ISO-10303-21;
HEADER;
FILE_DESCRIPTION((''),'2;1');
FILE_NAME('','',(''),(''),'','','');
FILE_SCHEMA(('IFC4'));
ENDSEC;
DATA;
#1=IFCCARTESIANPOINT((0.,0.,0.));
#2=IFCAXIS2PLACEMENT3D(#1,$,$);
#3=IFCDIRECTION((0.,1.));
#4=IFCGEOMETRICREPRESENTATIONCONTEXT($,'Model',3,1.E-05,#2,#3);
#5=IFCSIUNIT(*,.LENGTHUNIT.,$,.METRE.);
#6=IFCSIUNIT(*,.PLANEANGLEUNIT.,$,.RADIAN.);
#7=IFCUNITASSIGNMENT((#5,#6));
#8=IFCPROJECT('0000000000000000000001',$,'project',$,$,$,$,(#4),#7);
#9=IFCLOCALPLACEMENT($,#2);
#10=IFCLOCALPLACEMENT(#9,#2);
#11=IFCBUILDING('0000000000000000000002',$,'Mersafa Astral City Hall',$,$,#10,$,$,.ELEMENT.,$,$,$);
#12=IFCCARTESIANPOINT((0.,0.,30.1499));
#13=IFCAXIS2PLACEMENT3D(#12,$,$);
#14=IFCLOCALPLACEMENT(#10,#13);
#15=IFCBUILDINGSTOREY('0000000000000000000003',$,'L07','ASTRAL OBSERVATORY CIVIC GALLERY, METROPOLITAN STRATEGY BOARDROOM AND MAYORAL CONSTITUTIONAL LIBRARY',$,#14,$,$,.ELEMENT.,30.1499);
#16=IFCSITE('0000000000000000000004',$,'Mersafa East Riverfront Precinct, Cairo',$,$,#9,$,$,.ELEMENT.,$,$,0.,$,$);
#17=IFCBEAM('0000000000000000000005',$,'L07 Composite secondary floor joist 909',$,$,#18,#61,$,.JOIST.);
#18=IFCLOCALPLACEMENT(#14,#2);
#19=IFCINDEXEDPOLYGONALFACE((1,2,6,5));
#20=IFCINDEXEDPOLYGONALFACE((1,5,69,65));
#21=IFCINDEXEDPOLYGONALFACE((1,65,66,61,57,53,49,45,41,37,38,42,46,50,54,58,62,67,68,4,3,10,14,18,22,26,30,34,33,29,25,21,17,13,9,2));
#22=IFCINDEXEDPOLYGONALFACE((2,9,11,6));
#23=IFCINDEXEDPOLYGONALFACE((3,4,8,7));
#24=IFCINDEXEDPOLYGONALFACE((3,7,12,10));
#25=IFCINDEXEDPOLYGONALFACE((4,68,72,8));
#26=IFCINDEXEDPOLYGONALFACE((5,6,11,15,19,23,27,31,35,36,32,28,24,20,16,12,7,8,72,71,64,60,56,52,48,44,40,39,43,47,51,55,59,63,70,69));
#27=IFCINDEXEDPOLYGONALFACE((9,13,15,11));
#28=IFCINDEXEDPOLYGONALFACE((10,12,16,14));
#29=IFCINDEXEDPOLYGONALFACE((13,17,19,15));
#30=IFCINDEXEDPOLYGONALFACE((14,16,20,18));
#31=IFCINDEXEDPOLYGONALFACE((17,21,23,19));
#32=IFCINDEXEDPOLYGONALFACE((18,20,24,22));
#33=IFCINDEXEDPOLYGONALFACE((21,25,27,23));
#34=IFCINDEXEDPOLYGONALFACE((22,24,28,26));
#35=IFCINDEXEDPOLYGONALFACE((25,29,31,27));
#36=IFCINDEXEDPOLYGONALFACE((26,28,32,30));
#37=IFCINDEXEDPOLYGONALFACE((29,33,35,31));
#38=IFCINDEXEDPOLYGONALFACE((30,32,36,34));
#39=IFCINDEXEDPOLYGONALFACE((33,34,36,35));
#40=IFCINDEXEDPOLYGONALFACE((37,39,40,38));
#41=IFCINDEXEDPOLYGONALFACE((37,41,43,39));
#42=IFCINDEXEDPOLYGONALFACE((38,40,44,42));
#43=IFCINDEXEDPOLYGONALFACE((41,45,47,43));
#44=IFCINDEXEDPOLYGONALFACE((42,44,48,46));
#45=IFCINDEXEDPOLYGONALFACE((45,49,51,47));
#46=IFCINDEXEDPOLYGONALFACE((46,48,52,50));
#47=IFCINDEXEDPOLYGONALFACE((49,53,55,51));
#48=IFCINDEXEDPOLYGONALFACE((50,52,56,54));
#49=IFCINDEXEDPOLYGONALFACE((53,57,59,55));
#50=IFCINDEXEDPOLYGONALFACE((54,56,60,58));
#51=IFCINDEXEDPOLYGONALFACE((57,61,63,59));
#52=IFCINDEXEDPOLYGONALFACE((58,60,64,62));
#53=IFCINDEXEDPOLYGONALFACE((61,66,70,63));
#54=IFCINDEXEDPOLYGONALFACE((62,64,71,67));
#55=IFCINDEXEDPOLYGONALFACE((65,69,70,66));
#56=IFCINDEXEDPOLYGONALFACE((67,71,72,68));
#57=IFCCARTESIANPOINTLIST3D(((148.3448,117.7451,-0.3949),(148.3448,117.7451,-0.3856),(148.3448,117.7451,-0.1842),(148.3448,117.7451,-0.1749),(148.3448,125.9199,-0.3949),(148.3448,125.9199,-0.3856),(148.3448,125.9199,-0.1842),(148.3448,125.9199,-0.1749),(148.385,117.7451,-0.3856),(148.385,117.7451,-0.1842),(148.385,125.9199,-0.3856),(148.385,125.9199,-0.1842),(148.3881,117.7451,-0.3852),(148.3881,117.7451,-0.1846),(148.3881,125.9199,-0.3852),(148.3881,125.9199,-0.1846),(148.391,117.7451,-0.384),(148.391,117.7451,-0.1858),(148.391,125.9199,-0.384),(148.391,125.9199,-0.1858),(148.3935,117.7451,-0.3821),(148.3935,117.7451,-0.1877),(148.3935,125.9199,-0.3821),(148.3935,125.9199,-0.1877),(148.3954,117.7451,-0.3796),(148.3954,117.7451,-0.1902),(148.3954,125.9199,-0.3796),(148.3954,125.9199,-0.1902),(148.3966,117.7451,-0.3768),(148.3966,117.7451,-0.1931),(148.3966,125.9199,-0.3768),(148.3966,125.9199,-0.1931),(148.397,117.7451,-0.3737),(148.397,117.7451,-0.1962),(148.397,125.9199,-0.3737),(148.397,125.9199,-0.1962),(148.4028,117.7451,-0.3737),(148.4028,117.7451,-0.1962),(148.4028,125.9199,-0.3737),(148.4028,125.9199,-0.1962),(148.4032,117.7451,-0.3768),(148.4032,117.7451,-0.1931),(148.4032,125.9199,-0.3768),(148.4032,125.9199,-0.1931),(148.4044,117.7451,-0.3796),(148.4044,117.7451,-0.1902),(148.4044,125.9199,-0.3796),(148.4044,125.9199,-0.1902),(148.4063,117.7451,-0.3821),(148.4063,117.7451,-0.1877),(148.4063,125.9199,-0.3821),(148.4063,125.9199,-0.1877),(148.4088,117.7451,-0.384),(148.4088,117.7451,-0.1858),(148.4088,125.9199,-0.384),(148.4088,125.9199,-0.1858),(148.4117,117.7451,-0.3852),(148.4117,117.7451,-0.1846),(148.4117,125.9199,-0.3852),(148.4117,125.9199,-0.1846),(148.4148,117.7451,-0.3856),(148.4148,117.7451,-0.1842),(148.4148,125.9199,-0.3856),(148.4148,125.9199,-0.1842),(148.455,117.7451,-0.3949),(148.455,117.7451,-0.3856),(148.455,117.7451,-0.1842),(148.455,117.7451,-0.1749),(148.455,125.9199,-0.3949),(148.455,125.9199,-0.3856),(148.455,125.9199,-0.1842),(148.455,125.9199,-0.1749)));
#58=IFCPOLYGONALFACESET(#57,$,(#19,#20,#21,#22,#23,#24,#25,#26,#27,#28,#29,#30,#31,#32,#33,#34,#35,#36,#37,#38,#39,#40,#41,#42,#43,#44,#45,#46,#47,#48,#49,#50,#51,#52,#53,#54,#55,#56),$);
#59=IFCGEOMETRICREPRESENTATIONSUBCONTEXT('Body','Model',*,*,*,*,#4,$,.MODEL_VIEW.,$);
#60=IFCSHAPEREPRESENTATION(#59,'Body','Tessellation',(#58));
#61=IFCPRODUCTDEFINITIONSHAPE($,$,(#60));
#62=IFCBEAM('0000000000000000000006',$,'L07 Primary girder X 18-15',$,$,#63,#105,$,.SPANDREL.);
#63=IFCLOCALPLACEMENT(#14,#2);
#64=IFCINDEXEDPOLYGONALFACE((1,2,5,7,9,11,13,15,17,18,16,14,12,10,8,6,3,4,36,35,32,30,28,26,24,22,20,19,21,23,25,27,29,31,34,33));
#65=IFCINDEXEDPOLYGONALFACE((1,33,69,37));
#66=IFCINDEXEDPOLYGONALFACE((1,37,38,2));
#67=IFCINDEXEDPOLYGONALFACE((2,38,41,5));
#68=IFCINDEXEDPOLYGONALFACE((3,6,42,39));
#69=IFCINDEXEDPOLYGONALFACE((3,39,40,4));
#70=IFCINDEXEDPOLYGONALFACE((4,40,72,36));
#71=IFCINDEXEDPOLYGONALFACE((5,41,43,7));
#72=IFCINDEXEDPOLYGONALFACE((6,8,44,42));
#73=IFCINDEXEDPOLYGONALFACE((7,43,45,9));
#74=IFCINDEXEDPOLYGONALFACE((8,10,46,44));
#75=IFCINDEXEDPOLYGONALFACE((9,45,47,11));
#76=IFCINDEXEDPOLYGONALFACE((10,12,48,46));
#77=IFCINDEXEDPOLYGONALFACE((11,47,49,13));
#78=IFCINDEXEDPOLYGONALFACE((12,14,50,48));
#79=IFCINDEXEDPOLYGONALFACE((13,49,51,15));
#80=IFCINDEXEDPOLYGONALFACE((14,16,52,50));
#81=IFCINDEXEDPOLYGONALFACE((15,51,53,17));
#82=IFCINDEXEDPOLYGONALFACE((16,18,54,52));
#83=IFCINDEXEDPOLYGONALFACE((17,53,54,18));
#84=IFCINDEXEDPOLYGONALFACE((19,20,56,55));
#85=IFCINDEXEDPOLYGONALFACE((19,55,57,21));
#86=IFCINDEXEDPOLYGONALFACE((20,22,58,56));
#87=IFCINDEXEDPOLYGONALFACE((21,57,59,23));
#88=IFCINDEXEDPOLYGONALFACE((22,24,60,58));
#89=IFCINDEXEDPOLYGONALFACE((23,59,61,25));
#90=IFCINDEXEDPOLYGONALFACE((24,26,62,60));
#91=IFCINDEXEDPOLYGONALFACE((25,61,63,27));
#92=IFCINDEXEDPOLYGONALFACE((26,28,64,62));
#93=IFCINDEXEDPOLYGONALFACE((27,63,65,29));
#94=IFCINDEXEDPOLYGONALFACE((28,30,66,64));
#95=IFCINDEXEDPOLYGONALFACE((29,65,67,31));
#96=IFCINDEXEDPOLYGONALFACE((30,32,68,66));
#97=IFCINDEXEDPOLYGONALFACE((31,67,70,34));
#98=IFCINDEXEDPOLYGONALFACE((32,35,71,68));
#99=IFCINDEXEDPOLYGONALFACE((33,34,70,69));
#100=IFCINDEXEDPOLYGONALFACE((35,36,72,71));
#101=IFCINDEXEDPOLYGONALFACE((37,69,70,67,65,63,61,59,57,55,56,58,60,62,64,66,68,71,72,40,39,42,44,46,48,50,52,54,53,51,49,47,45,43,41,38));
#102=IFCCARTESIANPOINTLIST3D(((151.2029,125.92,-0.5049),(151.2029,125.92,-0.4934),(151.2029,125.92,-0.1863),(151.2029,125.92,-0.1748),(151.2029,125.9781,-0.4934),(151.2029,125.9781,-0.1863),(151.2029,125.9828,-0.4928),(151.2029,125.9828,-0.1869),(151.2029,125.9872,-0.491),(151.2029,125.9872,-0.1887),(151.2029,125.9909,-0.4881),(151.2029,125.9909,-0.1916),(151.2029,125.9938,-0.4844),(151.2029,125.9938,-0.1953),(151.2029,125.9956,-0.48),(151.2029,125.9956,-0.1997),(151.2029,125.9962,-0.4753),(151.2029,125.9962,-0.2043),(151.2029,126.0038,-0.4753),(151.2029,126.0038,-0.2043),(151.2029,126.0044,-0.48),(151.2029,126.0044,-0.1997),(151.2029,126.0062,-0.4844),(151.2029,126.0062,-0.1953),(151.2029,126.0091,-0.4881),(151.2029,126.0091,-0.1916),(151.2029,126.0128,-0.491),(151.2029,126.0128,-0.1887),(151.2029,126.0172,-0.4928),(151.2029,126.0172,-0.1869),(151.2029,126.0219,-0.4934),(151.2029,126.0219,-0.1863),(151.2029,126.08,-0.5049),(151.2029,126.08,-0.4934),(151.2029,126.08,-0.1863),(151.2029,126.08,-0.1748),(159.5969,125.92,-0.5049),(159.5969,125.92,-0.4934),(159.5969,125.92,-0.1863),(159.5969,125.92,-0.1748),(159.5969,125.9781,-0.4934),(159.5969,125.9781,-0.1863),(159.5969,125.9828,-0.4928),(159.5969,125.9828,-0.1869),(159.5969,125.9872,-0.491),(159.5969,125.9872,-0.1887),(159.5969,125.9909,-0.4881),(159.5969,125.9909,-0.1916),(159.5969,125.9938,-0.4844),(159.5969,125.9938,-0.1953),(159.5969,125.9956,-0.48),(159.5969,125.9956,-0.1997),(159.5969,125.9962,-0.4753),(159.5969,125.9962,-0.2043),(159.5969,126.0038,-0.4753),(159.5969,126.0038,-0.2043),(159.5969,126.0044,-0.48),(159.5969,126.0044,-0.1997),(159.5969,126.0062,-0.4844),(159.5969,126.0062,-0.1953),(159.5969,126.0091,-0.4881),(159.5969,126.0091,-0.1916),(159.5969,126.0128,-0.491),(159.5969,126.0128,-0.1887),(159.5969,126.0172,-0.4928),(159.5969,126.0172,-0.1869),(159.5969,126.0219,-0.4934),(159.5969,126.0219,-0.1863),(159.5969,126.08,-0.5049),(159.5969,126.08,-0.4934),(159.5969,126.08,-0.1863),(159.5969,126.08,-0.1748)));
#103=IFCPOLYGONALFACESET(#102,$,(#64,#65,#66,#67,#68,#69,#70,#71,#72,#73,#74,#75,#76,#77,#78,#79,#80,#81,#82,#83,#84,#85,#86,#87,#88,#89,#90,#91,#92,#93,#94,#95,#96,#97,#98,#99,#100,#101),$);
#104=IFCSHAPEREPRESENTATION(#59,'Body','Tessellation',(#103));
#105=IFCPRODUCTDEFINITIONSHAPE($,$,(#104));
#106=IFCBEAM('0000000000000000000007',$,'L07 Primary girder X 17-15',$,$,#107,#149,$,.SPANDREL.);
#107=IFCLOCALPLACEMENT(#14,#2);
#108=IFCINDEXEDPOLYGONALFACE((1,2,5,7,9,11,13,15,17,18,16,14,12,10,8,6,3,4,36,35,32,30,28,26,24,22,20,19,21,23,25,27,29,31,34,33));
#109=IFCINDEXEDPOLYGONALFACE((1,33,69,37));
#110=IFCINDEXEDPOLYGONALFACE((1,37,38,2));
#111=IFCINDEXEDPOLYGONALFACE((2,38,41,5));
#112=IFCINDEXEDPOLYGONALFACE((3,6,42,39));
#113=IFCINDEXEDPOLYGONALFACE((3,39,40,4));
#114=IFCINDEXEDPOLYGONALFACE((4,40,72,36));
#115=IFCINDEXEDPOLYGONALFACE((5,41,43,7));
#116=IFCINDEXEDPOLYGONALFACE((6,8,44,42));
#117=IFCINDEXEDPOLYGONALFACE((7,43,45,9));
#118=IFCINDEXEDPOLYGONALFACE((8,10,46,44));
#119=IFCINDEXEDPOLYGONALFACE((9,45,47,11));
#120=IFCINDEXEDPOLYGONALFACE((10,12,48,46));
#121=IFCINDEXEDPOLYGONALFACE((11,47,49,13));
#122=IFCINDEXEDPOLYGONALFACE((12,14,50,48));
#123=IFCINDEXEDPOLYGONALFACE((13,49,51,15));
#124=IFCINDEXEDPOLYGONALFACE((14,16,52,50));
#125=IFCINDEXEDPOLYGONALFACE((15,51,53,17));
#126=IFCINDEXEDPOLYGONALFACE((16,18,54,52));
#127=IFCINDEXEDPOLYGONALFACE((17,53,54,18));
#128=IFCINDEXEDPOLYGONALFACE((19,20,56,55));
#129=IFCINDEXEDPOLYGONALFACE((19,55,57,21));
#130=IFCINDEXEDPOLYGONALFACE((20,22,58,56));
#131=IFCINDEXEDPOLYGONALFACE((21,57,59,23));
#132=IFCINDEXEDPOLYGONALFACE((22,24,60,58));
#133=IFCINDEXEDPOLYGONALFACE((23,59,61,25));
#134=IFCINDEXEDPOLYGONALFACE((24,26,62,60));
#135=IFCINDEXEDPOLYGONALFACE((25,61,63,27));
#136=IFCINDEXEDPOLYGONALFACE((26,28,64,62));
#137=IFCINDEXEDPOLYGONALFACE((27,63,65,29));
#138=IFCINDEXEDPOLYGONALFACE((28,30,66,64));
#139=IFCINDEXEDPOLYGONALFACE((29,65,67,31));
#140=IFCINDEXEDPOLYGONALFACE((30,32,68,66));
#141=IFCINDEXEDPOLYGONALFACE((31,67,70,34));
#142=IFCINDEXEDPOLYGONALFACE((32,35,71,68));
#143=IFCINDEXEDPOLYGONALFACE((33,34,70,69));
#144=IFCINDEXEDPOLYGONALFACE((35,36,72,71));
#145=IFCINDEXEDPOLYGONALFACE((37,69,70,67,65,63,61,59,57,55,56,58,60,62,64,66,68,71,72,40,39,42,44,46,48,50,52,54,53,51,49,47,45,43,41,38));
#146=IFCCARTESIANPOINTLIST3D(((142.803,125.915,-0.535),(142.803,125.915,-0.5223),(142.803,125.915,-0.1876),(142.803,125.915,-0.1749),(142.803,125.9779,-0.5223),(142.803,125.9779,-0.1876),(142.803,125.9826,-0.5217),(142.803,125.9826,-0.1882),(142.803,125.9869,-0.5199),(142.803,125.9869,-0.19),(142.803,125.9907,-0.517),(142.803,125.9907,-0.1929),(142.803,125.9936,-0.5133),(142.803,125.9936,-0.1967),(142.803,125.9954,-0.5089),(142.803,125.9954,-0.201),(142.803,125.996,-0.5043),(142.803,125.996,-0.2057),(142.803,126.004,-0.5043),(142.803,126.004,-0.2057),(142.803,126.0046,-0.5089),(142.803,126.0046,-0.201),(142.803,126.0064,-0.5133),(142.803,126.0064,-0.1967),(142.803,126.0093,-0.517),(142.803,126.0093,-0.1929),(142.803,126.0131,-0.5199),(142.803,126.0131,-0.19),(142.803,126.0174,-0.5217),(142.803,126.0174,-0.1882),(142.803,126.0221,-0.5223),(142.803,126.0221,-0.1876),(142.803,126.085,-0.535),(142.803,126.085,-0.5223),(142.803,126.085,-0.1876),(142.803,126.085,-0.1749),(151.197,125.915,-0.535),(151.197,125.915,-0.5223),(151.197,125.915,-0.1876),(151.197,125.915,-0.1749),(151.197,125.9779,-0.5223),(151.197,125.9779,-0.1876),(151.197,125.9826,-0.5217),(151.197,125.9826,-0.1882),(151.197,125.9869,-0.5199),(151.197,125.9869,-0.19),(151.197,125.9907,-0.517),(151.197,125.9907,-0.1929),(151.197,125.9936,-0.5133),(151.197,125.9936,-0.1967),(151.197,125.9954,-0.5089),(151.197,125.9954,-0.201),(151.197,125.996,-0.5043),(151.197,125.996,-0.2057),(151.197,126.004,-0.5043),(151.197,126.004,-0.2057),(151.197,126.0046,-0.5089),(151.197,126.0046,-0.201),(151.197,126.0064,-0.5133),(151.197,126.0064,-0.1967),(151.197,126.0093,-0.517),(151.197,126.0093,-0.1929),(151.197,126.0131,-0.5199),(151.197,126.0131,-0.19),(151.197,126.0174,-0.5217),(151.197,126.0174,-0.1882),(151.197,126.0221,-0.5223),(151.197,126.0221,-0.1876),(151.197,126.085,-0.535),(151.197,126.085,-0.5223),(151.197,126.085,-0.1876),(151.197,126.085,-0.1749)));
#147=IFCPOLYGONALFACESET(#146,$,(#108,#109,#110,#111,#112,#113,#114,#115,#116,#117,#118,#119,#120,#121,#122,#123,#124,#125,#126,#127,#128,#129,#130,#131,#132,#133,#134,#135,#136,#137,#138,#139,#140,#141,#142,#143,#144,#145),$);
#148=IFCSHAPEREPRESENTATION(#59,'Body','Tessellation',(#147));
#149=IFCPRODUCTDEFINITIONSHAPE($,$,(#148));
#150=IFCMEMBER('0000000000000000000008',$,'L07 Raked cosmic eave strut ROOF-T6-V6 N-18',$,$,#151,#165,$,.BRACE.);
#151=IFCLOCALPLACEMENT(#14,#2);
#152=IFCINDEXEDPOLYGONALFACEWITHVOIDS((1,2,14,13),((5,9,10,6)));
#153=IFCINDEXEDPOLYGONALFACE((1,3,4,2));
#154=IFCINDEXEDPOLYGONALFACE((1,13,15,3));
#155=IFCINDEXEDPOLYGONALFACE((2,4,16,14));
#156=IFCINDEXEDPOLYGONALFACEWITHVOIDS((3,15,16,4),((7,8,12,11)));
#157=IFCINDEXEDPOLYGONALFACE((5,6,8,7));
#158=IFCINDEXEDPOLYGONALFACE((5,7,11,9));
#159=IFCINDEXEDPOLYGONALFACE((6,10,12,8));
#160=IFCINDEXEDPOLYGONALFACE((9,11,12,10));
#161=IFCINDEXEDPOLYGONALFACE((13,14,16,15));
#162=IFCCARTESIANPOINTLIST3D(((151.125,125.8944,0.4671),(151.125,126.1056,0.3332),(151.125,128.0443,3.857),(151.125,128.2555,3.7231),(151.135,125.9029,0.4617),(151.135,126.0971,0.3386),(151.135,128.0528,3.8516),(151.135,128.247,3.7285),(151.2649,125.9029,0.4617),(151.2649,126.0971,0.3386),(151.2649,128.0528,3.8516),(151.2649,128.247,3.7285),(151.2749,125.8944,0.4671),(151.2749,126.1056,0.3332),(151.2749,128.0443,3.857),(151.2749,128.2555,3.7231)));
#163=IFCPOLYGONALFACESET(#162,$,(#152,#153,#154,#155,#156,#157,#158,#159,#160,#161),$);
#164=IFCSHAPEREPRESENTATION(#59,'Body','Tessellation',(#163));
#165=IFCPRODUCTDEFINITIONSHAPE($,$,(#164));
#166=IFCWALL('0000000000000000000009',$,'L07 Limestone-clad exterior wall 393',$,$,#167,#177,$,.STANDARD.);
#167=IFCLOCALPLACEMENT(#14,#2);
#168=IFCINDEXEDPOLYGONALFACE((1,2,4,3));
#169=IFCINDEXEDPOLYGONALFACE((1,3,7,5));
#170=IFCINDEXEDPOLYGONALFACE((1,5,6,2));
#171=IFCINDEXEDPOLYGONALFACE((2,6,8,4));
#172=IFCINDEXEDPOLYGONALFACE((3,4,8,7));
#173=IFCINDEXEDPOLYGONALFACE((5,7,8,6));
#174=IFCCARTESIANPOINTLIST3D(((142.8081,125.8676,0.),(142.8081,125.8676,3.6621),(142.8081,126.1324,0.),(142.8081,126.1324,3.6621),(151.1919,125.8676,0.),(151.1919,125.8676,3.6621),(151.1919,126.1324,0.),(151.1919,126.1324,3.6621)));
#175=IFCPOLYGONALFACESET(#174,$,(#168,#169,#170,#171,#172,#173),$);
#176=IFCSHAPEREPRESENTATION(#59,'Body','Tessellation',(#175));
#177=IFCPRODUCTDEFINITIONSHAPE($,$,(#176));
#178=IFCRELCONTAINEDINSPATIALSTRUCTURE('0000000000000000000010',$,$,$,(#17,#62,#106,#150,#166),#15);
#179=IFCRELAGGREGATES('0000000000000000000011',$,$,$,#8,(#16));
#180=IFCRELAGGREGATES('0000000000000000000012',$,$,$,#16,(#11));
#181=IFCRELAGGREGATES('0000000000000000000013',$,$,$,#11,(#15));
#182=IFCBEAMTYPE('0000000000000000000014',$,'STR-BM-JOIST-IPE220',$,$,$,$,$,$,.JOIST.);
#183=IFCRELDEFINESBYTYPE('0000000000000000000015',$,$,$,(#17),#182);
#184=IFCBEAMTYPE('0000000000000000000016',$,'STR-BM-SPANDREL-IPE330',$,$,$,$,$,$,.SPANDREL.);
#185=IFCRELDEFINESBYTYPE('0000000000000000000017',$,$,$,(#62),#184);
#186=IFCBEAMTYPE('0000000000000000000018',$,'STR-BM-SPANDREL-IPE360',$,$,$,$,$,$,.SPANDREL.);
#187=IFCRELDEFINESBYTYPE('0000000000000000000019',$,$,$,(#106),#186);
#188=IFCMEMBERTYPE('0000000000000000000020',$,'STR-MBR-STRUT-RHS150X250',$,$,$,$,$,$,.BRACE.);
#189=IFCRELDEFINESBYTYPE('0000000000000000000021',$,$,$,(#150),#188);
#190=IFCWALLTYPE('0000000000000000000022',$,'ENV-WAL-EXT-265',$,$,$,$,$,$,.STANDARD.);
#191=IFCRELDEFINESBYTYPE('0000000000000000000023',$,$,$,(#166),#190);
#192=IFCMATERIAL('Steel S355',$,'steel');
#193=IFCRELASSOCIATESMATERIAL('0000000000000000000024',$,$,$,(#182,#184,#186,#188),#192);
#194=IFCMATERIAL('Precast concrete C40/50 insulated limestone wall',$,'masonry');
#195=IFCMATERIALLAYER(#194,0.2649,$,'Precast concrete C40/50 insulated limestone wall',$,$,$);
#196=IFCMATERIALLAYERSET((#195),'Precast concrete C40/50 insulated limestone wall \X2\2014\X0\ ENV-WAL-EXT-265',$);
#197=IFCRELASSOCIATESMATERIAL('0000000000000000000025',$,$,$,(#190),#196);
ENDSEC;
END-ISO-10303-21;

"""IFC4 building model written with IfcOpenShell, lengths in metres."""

from ifc_helpers import new_model, si_unit, direction, frame, frame_2d, origin, origin_2d, place, context, subcontext, project, spatial, rectangle, hollow_rectangle, i_section, extrude, material, layer, layer_set, material_profile, profile_set, type_object, element, save


model = new_model("IFC4")

# Units and contexts
model_context = context("Model", 3, precision=1e-05, world=origin(), true_north=direction((0.0, 1.0)))
body_context = subcontext(model_context, "Body", "Model", "MODEL_VIEW")
ifc_project = project(units=[si_unit("LENGTHUNIT", "METRE"), si_unit("PLANEANGLEUNIT", "RADIAN")], contexts=[model_context])

# Site, building, storey
site_placement = place(None, origin())
site = spatial("IfcSite", under=ifc_project, at=site_placement, Name="Mersafa East Riverfront Precinct, Cairo", CompositionType="ELEMENT", RefElevation=0.0)
building_placement = place(site_placement, origin())
building = spatial("IfcBuilding", under=site, at=building_placement, Name="Mersafa Astral City Hall", CompositionType="ELEMENT")
storey_placement = place(building_placement, frame((0.0, 0.0, 30.1499)))
storey = spatial("IfcBuildingStorey", under=building, at=storey_placement, Name="L07", Description="ASTRAL OBSERVATORY CIVIC GALLERY, METROPOLITAN STRATEGY BOARDROOM AND MAYORAL CONSTITUTIONAL LIBRARY", CompositionType="ELEMENT", Elevation=30.1499)

# Shared definitions
ifc_material_1 = material(Name="Steel S355", Category="steel")

# Beams
ifc_material_profile_1 = material_profile(ifc_material_1, i_section(OverallWidth=0.1101, OverallDepth=0.22, WebThickness=0.0059, FlangeThickness=0.0093, FilletRadius=0.012, at=origin_2d()), Name="IPE 220")
ifc_profile_set_1 = profile_set([ifc_material_profile_1], Name="Steel S355")
beam_type_1 = type_object("IfcBeamType", Name="STR-BM-JOIST-IPE220", PredefinedType="JOIST", material=ifc_profile_set_1)
for number, where, z_axis, x_axis, name in (
    (1, (148.3999, 117.7451, -0.2849), (0.0, 1.0, 0.0), (-1.0, 0.0, 0.0), "L07 Composite secondary floor joist 909"),
):
    element("IfcBeam", number, at=place(storey_placement, frame(where, z_axis=z_axis, x_axis=x_axis)), inside=storey, type_object=beam_type_1, Name=name, PredefinedType="JOIST", context=body_context, shape_type="SweptSolid", body=[
        extrude(i_section(OverallWidth=0.1101, OverallDepth=0.22, WebThickness=0.0059, FlangeThickness=0.0093, FilletRadius=0.012, at=origin_2d()), origin(), (0.0, 0.0, 1.0), 8.1748),
    ])
ifc_material_profile_2 = material_profile(ifc_material_1, i_section(OverallWidth=0.1599, OverallDepth=0.3301, WebThickness=0.0076, FlangeThickness=0.0115, FilletRadius=0.0181, at=origin_2d()), Name="IPE 330")
ifc_profile_set_2 = profile_set([ifc_material_profile_2], Name="Steel S355")
beam_type_2 = type_object("IfcBeamType", Name="STR-BM-SPANDREL-IPE330", PredefinedType="SPANDREL", material=ifc_profile_set_2)
beam_1_placement = place(storey_placement, frame((151.2029, 126.0, -0.3398), z_axis=(1.0, 0.0, 0.0), x_axis=(0.0, 1.0, 0.0)))
element("IfcBeam", 2, at=beam_1_placement, inside=storey, type_object=beam_type_2, Name="L07 Primary girder X 18-15", PredefinedType="SPANDREL", context=body_context, shape_type="SweptSolid", body=[
    extrude(i_section(OverallWidth=0.1599, OverallDepth=0.3301, WebThickness=0.0076, FlangeThickness=0.0115, FilletRadius=0.0181, at=origin_2d()), origin(), (0.0, 0.0, 1.0), 8.394),
])
ifc_material_profile_3 = material_profile(ifc_material_1, i_section(OverallWidth=0.1699, OverallDepth=0.3601, WebThickness=0.0081, FlangeThickness=0.0127, FilletRadius=0.0181, at=origin_2d()), Name="IPE 360")
ifc_profile_set_3 = profile_set([ifc_material_profile_3], Name="Steel S355")
beam_type_3 = type_object("IfcBeamType", Name="STR-BM-SPANDREL-IPE360", PredefinedType="SPANDREL", material=ifc_profile_set_3)
beam_2_placement = place(storey_placement, frame((142.803, 126.0, -0.355), z_axis=(1.0, 0.0, 0.0), x_axis=(0.0, 1.0, 0.0)))
element("IfcBeam", 3, at=beam_2_placement, inside=storey, type_object=beam_type_3, Name="L07 Primary girder X 17-15", PredefinedType="SPANDREL", context=body_context, shape_type="SweptSolid", body=[
    extrude(i_section(OverallWidth=0.1699, OverallDepth=0.3601, WebThickness=0.0081, FlangeThickness=0.0127, FilletRadius=0.0181, at=origin_2d()), origin(), (0.0, 0.0, 1.0), 8.394),
])

# Member
ifc_material_profile_4 = material_profile(ifc_material_1, hollow_rectangle(XDim=0.1499, YDim=0.25, WallThickness=0.01, at=origin_2d()), Name="RHS 150x250x10")
ifc_profile_set_4 = profile_set([ifc_material_profile_4], Name="Steel S355")
member_type = type_object("IfcMemberType", Name="STR-MBR-STRUT-RHS150X250", PredefinedType="BRACE", material=ifc_profile_set_4)
member_placement = place(storey_placement, frame((151.2, 126.0, 0.4001), z_axis=(0.0, 0.53558, 0.844484), x_axis=(-1.0, 0.0, 0.0)))
element("IfcMember", 4, at=member_placement, inside=storey, type_object=member_type, Name="L07 Raked cosmic eave strut ROOF-T6-V6 N-18", PredefinedType="BRACE", context=body_context, shape_type="SweptSolid", body=[
    extrude(hollow_rectangle(XDim=0.1499, YDim=0.25, WallThickness=0.01, at=origin_2d()), origin(), (0.0, 0.0, 1.0), 4.0142),
])

# Wall
ifc_material_2 = material(Name="Precast concrete C40/50 insulated limestone wall", Category="masonry")
ifc_layer_1 = layer(ifc_material_2, 0.2649, Name="Precast concrete C40/50 insulated limestone wall")
ifc_layer_set_1 = layer_set([ifc_layer_1], Name="Precast concrete C40/50 insulated limestone wall — ENV-WAL-EXT-265")
wall_type_1 = type_object("IfcWallType", Name="ENV-WAL-EXT-265", PredefinedType="STANDARD", material=ifc_layer_set_1)
wall_1_placement = place(storey_placement, frame((151.1919, 126.0, 0.0), z_axis=(0.0, 0.0, 1.0), x_axis=(-1.0, 0.0, 0.0)))
element("IfcWall", 5, at=wall_1_placement, inside=storey, type_object=wall_type_1, Name="L07 Limestone-clad exterior wall 393", PredefinedType="STANDARD", context=body_context, shape_type="SweptSolid", body=[
    extrude(rectangle(XDim=8.3838, YDim=0.2649, at=frame_2d((4.1919, 0.0))), origin(), (0.0, 0.0, 1.0), 3.6621),
])

save(model, "model.ifc")
